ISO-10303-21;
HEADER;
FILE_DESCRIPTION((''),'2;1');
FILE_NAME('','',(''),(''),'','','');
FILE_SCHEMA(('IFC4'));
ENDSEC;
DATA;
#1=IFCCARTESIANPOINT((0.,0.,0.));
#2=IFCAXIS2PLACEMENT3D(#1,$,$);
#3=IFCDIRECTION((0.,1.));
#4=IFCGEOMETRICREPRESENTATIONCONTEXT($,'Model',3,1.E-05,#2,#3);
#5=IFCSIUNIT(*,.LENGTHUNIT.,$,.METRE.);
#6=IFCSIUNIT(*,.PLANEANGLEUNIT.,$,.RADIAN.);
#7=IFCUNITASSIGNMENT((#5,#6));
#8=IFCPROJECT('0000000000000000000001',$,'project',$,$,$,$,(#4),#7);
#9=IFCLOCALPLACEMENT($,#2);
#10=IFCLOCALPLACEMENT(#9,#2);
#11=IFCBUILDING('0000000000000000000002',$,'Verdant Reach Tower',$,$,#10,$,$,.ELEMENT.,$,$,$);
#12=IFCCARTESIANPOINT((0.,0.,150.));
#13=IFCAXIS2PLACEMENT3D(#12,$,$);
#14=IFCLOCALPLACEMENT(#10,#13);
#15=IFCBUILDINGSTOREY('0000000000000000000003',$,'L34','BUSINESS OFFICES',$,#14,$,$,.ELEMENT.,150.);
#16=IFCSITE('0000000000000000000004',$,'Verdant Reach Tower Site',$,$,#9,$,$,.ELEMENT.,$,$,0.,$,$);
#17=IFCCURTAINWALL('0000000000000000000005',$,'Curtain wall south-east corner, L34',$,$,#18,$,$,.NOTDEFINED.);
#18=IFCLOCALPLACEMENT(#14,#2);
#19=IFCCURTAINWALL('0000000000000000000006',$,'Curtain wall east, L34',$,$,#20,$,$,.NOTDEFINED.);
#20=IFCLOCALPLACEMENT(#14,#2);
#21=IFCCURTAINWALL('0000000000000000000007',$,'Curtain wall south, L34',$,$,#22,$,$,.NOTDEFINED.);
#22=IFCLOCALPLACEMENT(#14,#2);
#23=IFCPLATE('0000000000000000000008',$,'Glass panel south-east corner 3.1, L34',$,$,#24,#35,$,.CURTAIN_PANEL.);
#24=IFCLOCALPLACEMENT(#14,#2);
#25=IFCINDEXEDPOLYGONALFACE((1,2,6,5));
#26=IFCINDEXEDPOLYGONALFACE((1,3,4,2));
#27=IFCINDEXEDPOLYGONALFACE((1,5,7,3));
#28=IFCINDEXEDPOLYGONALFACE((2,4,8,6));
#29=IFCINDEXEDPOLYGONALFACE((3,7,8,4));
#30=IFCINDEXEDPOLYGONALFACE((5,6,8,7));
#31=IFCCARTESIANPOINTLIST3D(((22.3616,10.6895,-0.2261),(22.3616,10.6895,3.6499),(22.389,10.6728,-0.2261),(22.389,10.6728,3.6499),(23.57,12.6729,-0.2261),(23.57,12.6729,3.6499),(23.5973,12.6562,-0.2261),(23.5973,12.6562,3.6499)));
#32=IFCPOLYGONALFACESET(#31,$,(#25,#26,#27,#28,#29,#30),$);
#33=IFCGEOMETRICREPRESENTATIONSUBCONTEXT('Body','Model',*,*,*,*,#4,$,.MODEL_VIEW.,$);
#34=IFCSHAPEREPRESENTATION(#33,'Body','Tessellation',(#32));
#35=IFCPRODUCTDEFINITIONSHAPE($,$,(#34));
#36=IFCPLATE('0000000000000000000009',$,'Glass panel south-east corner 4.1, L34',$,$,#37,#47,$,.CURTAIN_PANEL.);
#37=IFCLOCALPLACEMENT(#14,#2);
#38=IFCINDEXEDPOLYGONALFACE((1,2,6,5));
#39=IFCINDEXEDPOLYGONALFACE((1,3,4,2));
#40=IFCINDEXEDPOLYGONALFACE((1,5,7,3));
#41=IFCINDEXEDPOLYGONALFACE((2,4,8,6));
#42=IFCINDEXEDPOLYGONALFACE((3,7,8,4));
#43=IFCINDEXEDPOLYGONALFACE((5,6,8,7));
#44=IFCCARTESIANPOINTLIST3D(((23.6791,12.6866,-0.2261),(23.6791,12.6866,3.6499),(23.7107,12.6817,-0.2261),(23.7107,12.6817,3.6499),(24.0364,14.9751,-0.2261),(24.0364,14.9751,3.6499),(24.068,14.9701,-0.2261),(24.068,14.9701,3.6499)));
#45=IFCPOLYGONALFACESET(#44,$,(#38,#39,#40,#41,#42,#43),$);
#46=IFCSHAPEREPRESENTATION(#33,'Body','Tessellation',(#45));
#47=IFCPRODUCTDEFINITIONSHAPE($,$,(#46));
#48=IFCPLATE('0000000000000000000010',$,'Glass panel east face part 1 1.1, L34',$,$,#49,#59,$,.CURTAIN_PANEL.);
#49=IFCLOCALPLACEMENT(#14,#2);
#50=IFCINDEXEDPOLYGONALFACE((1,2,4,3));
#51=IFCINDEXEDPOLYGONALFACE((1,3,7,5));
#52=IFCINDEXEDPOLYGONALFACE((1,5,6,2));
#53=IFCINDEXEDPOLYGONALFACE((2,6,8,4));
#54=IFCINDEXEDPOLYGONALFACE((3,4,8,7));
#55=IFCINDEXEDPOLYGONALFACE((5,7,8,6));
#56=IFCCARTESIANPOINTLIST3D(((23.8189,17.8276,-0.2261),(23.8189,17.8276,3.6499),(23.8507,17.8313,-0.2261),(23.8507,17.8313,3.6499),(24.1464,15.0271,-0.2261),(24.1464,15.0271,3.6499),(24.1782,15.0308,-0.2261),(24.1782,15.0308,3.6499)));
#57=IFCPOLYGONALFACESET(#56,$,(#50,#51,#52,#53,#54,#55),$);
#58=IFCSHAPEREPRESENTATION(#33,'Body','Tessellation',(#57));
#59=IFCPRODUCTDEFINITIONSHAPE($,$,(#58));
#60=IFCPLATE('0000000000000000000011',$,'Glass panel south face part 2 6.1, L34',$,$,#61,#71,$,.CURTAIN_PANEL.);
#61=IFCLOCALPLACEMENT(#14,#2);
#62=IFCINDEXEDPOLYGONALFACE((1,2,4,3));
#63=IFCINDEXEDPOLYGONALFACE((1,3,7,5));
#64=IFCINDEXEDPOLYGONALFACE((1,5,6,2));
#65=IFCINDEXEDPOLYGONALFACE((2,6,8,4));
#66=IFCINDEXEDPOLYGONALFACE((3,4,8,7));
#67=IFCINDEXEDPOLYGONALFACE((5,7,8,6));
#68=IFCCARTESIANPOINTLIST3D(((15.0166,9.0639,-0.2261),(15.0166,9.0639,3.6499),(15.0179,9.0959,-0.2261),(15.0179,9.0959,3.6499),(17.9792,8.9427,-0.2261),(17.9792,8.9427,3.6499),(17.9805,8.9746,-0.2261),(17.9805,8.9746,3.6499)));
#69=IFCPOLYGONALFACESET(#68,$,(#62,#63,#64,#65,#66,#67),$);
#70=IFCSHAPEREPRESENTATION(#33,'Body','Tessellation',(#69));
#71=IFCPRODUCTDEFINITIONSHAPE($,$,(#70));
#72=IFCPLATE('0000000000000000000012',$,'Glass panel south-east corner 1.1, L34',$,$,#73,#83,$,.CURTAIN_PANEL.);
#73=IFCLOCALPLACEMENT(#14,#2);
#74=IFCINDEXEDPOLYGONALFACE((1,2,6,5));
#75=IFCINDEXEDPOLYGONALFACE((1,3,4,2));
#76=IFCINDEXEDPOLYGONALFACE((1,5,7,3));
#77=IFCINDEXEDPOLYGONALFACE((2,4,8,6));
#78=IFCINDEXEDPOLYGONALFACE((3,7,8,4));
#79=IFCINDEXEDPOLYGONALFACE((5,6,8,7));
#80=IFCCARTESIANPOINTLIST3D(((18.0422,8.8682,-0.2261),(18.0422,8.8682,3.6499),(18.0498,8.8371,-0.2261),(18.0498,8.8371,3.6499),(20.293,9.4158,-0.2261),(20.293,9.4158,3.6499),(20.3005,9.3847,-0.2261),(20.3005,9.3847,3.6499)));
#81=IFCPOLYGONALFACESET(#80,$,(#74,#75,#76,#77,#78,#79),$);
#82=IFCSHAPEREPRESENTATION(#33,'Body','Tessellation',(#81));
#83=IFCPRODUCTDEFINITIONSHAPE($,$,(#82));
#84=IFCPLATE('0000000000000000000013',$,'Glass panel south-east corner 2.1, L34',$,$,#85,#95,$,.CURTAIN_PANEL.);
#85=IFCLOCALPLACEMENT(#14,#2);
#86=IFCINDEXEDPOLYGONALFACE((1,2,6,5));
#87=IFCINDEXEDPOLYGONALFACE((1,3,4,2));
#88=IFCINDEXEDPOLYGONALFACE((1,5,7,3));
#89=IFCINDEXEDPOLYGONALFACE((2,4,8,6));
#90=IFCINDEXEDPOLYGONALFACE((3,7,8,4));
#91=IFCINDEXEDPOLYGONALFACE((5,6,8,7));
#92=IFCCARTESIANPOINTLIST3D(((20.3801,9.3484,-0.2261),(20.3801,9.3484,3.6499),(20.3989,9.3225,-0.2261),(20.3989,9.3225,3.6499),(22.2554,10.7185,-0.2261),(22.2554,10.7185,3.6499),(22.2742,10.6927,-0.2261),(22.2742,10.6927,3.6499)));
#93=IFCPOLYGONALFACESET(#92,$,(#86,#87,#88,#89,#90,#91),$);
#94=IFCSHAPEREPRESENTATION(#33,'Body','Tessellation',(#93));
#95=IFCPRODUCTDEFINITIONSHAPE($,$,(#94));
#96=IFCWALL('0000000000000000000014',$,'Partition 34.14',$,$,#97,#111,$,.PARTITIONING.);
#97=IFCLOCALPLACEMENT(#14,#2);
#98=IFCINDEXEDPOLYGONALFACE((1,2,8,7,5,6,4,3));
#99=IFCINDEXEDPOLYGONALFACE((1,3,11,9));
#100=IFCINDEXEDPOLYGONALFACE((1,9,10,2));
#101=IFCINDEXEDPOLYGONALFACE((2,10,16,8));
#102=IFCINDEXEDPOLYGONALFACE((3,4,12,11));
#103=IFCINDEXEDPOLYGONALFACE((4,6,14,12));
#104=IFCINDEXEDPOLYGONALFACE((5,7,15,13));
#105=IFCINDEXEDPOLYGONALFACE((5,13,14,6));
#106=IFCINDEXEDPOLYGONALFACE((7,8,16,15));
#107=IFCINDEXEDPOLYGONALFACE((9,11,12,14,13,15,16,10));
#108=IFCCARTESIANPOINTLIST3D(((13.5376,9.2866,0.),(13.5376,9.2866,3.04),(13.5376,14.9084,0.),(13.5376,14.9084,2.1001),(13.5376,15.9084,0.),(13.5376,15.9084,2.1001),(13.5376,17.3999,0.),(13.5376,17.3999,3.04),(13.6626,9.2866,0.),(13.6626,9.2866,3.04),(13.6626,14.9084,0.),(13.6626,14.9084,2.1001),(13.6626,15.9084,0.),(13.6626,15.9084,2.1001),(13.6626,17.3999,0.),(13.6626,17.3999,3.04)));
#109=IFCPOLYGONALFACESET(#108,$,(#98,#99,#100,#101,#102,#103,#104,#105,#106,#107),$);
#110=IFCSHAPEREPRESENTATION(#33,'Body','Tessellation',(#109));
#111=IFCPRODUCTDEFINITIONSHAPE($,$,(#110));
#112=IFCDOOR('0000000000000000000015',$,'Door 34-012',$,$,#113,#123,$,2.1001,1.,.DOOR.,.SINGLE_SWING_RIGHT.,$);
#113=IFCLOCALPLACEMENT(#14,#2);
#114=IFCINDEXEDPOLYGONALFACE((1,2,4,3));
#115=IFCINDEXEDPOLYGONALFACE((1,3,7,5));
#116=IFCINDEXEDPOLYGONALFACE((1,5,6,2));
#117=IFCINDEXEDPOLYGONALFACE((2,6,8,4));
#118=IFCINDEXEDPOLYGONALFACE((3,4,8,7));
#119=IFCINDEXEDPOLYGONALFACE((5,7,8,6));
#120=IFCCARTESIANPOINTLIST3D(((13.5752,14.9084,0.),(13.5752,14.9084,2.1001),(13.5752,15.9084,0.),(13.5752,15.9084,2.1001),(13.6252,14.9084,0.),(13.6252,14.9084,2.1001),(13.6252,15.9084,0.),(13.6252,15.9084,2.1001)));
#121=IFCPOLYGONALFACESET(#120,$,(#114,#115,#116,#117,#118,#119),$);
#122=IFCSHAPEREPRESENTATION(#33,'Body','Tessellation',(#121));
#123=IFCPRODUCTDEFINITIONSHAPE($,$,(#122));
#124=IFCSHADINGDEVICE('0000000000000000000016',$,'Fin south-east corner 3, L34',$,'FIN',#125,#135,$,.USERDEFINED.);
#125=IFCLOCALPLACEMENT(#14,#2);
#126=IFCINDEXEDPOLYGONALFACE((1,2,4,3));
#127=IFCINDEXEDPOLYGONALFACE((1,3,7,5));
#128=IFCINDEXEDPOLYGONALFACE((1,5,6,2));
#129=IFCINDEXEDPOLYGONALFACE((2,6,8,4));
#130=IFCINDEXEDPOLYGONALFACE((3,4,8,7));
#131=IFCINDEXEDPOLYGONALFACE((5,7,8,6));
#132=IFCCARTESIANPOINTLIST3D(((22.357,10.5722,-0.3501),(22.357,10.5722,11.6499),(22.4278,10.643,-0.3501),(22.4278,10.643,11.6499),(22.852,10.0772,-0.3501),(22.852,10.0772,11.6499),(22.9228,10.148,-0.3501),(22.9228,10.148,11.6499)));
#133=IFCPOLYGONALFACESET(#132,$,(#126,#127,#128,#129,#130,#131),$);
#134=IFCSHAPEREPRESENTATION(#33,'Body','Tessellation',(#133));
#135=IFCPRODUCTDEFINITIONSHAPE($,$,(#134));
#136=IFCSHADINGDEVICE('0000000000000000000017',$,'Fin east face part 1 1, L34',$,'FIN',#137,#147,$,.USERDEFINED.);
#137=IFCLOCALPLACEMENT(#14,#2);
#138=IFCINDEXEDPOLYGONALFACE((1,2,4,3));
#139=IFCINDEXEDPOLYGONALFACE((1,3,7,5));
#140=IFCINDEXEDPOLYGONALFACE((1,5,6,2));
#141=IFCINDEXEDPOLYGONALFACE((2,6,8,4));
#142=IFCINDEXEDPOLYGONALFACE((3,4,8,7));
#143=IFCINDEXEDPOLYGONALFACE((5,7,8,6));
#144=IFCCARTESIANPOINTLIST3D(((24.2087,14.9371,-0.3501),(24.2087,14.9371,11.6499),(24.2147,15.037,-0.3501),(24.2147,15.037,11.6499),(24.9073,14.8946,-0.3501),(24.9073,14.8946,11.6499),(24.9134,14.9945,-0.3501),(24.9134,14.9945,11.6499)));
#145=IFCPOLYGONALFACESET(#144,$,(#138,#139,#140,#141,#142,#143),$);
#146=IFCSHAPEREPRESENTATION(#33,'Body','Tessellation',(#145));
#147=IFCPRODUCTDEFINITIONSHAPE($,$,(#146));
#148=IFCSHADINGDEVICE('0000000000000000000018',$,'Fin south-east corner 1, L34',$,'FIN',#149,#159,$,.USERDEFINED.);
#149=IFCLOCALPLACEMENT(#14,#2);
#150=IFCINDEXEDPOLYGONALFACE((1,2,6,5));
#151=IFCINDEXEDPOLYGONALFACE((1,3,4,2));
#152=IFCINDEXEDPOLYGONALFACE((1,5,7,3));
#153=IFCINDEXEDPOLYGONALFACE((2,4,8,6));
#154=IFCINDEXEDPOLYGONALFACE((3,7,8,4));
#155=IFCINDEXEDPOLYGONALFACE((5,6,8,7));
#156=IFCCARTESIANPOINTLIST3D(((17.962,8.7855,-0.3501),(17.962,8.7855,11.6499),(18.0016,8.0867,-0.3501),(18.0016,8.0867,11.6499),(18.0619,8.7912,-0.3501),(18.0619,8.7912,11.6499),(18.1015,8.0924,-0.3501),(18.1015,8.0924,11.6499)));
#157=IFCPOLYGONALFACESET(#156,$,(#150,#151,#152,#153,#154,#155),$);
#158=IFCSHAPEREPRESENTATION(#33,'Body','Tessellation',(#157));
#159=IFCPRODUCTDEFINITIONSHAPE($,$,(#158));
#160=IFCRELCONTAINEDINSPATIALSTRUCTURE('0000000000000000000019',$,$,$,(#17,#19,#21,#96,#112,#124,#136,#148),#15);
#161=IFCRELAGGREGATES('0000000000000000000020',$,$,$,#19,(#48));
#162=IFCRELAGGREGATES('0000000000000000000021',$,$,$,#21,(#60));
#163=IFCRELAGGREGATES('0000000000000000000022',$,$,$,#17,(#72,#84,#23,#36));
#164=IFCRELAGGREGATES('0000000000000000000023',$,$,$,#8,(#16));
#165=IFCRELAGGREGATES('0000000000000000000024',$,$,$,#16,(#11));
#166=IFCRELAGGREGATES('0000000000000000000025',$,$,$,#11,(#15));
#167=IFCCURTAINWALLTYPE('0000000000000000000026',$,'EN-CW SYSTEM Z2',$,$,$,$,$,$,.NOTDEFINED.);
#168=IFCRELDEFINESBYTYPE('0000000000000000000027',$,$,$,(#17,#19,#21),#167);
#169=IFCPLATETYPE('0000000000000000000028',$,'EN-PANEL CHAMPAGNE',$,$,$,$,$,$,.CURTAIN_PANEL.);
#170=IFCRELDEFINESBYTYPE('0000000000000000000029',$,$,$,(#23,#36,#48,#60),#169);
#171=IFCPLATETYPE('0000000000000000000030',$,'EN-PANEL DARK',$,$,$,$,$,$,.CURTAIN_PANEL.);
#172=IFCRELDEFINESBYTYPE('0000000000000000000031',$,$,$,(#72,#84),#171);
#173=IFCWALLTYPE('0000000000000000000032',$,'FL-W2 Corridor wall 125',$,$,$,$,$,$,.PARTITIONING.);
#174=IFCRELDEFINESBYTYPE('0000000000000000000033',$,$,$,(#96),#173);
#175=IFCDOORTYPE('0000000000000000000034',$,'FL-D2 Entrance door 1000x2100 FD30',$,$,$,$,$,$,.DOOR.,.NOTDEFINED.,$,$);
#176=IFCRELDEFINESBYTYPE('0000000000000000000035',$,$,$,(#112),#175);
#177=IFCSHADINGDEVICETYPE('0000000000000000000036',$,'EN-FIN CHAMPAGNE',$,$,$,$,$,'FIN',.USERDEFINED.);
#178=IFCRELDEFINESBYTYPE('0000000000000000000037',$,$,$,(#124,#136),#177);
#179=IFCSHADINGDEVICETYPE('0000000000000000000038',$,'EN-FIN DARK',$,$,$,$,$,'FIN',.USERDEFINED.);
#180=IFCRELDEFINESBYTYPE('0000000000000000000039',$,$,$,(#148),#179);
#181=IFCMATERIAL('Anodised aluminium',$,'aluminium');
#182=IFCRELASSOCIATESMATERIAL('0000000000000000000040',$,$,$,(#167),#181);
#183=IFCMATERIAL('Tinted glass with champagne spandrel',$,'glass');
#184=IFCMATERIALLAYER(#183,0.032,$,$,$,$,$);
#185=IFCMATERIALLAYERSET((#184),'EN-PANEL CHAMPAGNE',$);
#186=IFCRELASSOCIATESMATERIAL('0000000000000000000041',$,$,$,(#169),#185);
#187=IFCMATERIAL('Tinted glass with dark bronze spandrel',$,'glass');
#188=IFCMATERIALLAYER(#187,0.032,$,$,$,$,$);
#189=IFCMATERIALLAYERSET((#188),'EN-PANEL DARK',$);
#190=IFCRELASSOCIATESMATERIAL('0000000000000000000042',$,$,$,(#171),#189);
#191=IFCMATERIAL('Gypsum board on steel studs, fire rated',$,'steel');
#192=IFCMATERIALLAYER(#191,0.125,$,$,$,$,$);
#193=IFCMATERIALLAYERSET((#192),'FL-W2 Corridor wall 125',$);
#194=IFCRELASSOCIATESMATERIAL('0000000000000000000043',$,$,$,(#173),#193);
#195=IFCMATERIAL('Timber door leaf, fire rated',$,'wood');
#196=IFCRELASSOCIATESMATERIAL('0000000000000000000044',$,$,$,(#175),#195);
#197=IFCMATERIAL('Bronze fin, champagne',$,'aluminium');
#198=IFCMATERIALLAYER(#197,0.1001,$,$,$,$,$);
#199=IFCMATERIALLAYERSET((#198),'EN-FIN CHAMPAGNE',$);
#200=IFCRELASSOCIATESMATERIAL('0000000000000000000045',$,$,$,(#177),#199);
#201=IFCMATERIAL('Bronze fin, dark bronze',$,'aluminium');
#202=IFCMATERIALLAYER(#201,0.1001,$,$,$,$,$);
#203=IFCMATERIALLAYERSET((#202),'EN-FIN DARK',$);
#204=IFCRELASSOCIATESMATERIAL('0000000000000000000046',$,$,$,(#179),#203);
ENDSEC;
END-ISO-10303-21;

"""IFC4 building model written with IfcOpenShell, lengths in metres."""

from ifc_helpers import new_model, si_unit, direction, frame, frame_2d, origin, origin_2d, place, context, subcontext, project, spatial, rectangle, extrude, material, layer, layer_set, type_object, element, fill, aggregate, save


model = new_model("IFC4")

# Units and contexts
model_context = context("Model", 3, precision=1e-05, world=origin(), true_north=direction((0.0, 1.0)))
body_context = subcontext(model_context, "Body", "Model", "MODEL_VIEW")
ifc_project = project(units=[si_unit("LENGTHUNIT", "METRE"), si_unit("PLANEANGLEUNIT", "RADIAN")], contexts=[model_context])

# Site, building, storey
site_placement = place(None, origin())
site = spatial("IfcSite", under=ifc_project, at=site_placement, Name="Verdant Reach Tower Site", CompositionType="ELEMENT", RefElevation=0.0)
building_placement = place(site_placement, origin())
building = spatial("IfcBuilding", under=site, at=building_placement, Name="Verdant Reach Tower", CompositionType="ELEMENT")
storey_placement = place(building_placement, frame((0.0, 0.0, 150.0)))
storey = spatial("IfcBuildingStorey", under=building, at=storey_placement, Name="L34", Description="BUSINESS OFFICES", CompositionType="ELEMENT", Elevation=150.0)

# Curtain wall
ifc_material_1 = material(Name="Anodised aluminium", Category="aluminium")
curtain_wall_type = type_object("IfcCurtainWallType", Name="EN-CW SYSTEM Z2", PredefinedType="NOTDEFINED", material=ifc_material_1)
curtain_wall_1_placement = place(storey_placement, origin())
curtain_wall_1 = element("IfcCurtainWall", 1, at=curtain_wall_1_placement, inside=storey, type_object=curtain_wall_type, Name="Curtain wall south-east corner, L34", PredefinedType="NOTDEFINED")

# Curtain walls
curtain_wall_2_placement = place(storey_placement, origin())
curtain_wall_2 = element("IfcCurtainWall", 2, at=curtain_wall_2_placement, inside=storey, type_object=curtain_wall_type, Name="Curtain wall east, L34", PredefinedType="NOTDEFINED")
curtain_wall_3_placement = place(storey_placement, origin())
curtain_wall_3 = element("IfcCurtainWall", 3, at=curtain_wall_3_placement, inside=storey, type_object=curtain_wall_type, Name="Curtain wall south, L34", PredefinedType="NOTDEFINED")

# Plates
ifc_material_2 = material(Name="Tinted glass with champagne spandrel", Category="glass")
ifc_layer_1 = layer(ifc_material_2, 0.032)
ifc_layer_set_1 = layer_set([ifc_layer_1], Name="EN-PANEL CHAMPAGNE")
plate_type_1 = type_object("IfcPlateType", Name="EN-PANEL CHAMPAGNE", PredefinedType="CURTAIN_PANEL", material=ifc_layer_set_1)
plate_1_placement = place(storey_placement, frame((22.9795, 11.6729, -0.2261), z_axis=(0.0, 0.0, 1.0), x_axis=(0.520292, 0.853989, 0.0)))
plate_1 = element("IfcPlate", 4, at=plate_1_placement, type_object=plate_type_1, Name="Glass panel south-east corner 3.1, L34", PredefinedType="CURTAIN_PANEL", context=body_context, shape_type="SweptSolid", body=[
    extrude(rectangle(XDim=2.3225, YDim=0.032, at=origin_2d()), origin(), (0.0, 0.0, 1.0), 3.876),
])
plate_2_placement = place(storey_placement, frame((23.8735, 13.8284, -0.2261), z_axis=(0.0, 0.0, 1.0), x_axis=(0.154281, 0.988027, 0.0)))
plate_2 = element("IfcPlate", 5, at=plate_2_placement, type_object=plate_type_1, Name="Glass panel south-east corner 4.1, L34", PredefinedType="CURTAIN_PANEL", context=body_context, shape_type="SweptSolid", body=[
    extrude(rectangle(XDim=2.3162, YDim=0.032, at=origin_2d()), origin(), (0.0, 0.0, 1.0), 3.876),
])
plate_3_placement = place(storey_placement, frame((23.9985, 16.4292, -0.2261), z_axis=(0.0, 0.0, 1.0), x_axis=(-0.116147, 0.993232, 0.0)))
plate_3 = element("IfcPlate", 6, at=plate_3_placement, type_object=plate_type_1, Name="Glass panel east face part 1 1.1, L34", PredefinedType="CURTAIN_PANEL", context=body_context, shape_type="SweptSolid", body=[
    extrude(rectangle(XDim=2.8196, YDim=0.032, at=origin_2d()), origin(), (0.0, 0.0, 1.0), 3.876),
])
aggregate(curtain_wall_2, [plate_3])
plate_4_placement = place(storey_placement, frame((16.4985, 9.0193, -0.2261), z_axis=(0.0, 0.0, 1.0), x_axis=(0.999163, -0.0409, 0.0)))
plate_4 = element("IfcPlate", 7, at=plate_4_placement, type_object=plate_type_1, Name="Glass panel south face part 2 6.1, L34", PredefinedType="CURTAIN_PANEL", context=body_context, shape_type="SweptSolid", body=[
    extrude(rectangle(XDim=2.9651, YDim=0.032, at=origin_2d()), origin(), (0.0, 0.0, 1.0), 3.876),
])
aggregate(curtain_wall_3, [plate_4])
ifc_material_3 = material(Name="Tinted glass with dark bronze spandrel", Category="glass")
ifc_layer_2 = layer(ifc_material_3, 0.032)
ifc_layer_set_2 = layer_set([ifc_layer_2], Name="EN-PANEL DARK")
plate_type_2 = type_object("IfcPlateType", Name="EN-PANEL DARK", PredefinedType="CURTAIN_PANEL", material=ifc_layer_set_2)
plate_5_placement = place(storey_placement, frame((19.1714, 9.1265, -0.2261), z_axis=(0.0, 0.0, 1.0), x_axis=(0.971658, 0.236391, 0.0)))
plate_5 = element("IfcPlate", 8, at=plate_5_placement, type_object=plate_type_2, Name="Glass panel south-east corner 1.1, L34", PredefinedType="CURTAIN_PANEL", context=body_context, shape_type="SweptSolid", body=[
    extrude(rectangle(XDim=2.3164, YDim=0.032, at=origin_2d()), origin(), (0.0, 0.0, 1.0), 3.876),
])
plate_6_placement = place(storey_placement, frame((21.3271, 10.0205, -0.2261), z_axis=(0.0, 0.0, 1.0), x_axis=(0.807457, 0.589927, 0.0)))
plate_6 = element("IfcPlate", 9, at=plate_6_placement, type_object=plate_type_2, Name="Glass panel south-east corner 2.1, L34", PredefinedType="CURTAIN_PANEL", context=body_context, shape_type="SweptSolid", body=[
    extrude(rectangle(XDim=2.3225, YDim=0.032, at=origin_2d()), origin(), (0.0, 0.0, 1.0), 3.876),
])
aggregate(curtain_wall_1, [plate_5, plate_6, plate_1, plate_2])

# Wall, opening, door
ifc_material_4 = material(Name="Gypsum board on steel studs, fire rated", Category="steel")
ifc_layer_3 = layer(ifc_material_4, 0.125)
ifc_layer_set_3 = layer_set([ifc_layer_3], Name="FL-W2 Corridor wall 125")
wall_type = type_object("IfcWallType", Name="FL-W2 Corridor wall 125", PredefinedType="PARTITIONING", material=ifc_layer_set_3)
ifc_material_5 = material(Name="Timber door leaf, fire rated", Category="wood")
door_type = type_object("IfcDoorType", Name="FL-D2 Entrance door 1000x2100 FD30", OperationType="NOTDEFINED", PredefinedType="DOOR", material=ifc_material_5)
wall_1_placement = place(storey_placement, frame((13.6001, 9.2866, 0.0), z_axis=(0.0, 0.0, 1.0), x_axis=(0.0, 1.0, 0.0)))
wall_1 = element("IfcWall", 10, at=wall_1_placement, inside=storey, type_object=wall_type, Name="Partition 34.14", PredefinedType="PARTITIONING", context=body_context, shape_type="SweptSolid", body=[
    extrude(rectangle(XDim=8.1133, YDim=0.125, at=frame_2d((4.0566, 0.0))), origin(), (0.0, 0.0, 1.0), 3.04),
])
opening_1_placement = place(wall_1_placement, frame((5.6218, 0.0, 0.0)))
opening_1 = element("IfcOpeningElement", 11, at=opening_1_placement, cuts=wall_1, PredefinedType="OPENING", context=body_context, shape_type="SweptSolid", body=[
    extrude(rectangle(XDim=1.0, YDim=2.1001, at=frame_2d((0.5, 1.05))), frame((0.0, 0.0725, 0.0), z_axis=(0.0, -1.0, 0.0), x_axis=(1.0, 0.0, 0.0)), (0.0, 0.0, 1.0), 0.145),
])
door_1_placement = place(opening_1_placement, origin())
door_1 = element("IfcDoor", 12, at=door_1_placement, inside=storey, type_object=door_type, Name="Door 34-012", OperationType="SINGLE_SWING_RIGHT", OverallHeight=2.1001, OverallWidth=1.0, PredefinedType="DOOR", context=body_context, shape_type="SweptSolid", body=[
    extrude(rectangle(XDim=1.0, YDim=2.1001, at=frame_2d((0.5, 1.05))), frame((0.0, 0.0249, 0.0), z_axis=(0.0, -1.0, 0.0), x_axis=(1.0, 0.0, 0.0)), (0.0, 0.0, 1.0), 0.05),
])
fill(opening_1, door_1)

# Shading devices
ifc_material_6 = material(Name="Bronze fin, champagne", Category="aluminium")
ifc_layer_4 = layer(ifc_material_6, 0.1001)
ifc_layer_set_4 = layer_set([ifc_layer_4], Name="EN-FIN CHAMPAGNE")
shading_device_type_1 = type_object("IfcShadingDeviceType", Name="EN-FIN CHAMPAGNE", ElementType="FIN", PredefinedType="USERDEFINED", material=ifc_layer_set_4)
for number, where, z_axis, x_axis, name in (
    (13, (22.6399, 10.3601, -0.3501), (0.0, 0.0, 1.0), (0.707107, 0.707107, 0.0), "Fin south-east corner 3, L34"),
    (14, (24.561, 14.9658, -0.3501), (0.0, 0.0, 1.0), (0.060703, 0.998156, 0.0), "Fin east face part 1 1, L34"),
):
    element("IfcShadingDevice", number, at=place(storey_placement, frame(where, z_axis=z_axis, x_axis=x_axis)), inside=storey, type_object=shading_device_type_1, Name=name, ObjectType="FIN", PredefinedType="USERDEFINED", context=body_context, shape_type="SweptSolid", body=[
        extrude(rectangle(XDim=0.1001, YDim=0.7, at=origin_2d()), origin(), (0.0, 0.0, 1.0), 12.0),
    ])
ifc_material_7 = material(Name="Bronze fin, dark bronze", Category="aluminium")
ifc_layer_5 = layer(ifc_material_7, 0.1001)
ifc_layer_set_5 = layer_set([ifc_layer_5], Name="EN-FIN DARK")
shading_device_type_2 = type_object("IfcShadingDeviceType", Name="EN-FIN DARK", ElementType="FIN", PredefinedType="USERDEFINED", material=ifc_layer_set_5)
shading_device_placement = place(storey_placement, frame((18.0317, 8.439, -0.3501), z_axis=(0.0, 0.0, 1.0), x_axis=(0.998399, 0.056569, 0.0)))
element("IfcShadingDevice", 15, at=shading_device_placement, inside=storey, type_object=shading_device_type_2, Name="Fin south-east corner 1, L34", ObjectType="FIN", PredefinedType="USERDEFINED", context=body_context, shape_type="SweptSolid", body=[
    extrude(rectangle(XDim=0.1001, YDim=0.7, at=origin_2d()), origin(), (0.0, 0.0, 1.0), 12.0),
])

save(model, "model.ifc")
